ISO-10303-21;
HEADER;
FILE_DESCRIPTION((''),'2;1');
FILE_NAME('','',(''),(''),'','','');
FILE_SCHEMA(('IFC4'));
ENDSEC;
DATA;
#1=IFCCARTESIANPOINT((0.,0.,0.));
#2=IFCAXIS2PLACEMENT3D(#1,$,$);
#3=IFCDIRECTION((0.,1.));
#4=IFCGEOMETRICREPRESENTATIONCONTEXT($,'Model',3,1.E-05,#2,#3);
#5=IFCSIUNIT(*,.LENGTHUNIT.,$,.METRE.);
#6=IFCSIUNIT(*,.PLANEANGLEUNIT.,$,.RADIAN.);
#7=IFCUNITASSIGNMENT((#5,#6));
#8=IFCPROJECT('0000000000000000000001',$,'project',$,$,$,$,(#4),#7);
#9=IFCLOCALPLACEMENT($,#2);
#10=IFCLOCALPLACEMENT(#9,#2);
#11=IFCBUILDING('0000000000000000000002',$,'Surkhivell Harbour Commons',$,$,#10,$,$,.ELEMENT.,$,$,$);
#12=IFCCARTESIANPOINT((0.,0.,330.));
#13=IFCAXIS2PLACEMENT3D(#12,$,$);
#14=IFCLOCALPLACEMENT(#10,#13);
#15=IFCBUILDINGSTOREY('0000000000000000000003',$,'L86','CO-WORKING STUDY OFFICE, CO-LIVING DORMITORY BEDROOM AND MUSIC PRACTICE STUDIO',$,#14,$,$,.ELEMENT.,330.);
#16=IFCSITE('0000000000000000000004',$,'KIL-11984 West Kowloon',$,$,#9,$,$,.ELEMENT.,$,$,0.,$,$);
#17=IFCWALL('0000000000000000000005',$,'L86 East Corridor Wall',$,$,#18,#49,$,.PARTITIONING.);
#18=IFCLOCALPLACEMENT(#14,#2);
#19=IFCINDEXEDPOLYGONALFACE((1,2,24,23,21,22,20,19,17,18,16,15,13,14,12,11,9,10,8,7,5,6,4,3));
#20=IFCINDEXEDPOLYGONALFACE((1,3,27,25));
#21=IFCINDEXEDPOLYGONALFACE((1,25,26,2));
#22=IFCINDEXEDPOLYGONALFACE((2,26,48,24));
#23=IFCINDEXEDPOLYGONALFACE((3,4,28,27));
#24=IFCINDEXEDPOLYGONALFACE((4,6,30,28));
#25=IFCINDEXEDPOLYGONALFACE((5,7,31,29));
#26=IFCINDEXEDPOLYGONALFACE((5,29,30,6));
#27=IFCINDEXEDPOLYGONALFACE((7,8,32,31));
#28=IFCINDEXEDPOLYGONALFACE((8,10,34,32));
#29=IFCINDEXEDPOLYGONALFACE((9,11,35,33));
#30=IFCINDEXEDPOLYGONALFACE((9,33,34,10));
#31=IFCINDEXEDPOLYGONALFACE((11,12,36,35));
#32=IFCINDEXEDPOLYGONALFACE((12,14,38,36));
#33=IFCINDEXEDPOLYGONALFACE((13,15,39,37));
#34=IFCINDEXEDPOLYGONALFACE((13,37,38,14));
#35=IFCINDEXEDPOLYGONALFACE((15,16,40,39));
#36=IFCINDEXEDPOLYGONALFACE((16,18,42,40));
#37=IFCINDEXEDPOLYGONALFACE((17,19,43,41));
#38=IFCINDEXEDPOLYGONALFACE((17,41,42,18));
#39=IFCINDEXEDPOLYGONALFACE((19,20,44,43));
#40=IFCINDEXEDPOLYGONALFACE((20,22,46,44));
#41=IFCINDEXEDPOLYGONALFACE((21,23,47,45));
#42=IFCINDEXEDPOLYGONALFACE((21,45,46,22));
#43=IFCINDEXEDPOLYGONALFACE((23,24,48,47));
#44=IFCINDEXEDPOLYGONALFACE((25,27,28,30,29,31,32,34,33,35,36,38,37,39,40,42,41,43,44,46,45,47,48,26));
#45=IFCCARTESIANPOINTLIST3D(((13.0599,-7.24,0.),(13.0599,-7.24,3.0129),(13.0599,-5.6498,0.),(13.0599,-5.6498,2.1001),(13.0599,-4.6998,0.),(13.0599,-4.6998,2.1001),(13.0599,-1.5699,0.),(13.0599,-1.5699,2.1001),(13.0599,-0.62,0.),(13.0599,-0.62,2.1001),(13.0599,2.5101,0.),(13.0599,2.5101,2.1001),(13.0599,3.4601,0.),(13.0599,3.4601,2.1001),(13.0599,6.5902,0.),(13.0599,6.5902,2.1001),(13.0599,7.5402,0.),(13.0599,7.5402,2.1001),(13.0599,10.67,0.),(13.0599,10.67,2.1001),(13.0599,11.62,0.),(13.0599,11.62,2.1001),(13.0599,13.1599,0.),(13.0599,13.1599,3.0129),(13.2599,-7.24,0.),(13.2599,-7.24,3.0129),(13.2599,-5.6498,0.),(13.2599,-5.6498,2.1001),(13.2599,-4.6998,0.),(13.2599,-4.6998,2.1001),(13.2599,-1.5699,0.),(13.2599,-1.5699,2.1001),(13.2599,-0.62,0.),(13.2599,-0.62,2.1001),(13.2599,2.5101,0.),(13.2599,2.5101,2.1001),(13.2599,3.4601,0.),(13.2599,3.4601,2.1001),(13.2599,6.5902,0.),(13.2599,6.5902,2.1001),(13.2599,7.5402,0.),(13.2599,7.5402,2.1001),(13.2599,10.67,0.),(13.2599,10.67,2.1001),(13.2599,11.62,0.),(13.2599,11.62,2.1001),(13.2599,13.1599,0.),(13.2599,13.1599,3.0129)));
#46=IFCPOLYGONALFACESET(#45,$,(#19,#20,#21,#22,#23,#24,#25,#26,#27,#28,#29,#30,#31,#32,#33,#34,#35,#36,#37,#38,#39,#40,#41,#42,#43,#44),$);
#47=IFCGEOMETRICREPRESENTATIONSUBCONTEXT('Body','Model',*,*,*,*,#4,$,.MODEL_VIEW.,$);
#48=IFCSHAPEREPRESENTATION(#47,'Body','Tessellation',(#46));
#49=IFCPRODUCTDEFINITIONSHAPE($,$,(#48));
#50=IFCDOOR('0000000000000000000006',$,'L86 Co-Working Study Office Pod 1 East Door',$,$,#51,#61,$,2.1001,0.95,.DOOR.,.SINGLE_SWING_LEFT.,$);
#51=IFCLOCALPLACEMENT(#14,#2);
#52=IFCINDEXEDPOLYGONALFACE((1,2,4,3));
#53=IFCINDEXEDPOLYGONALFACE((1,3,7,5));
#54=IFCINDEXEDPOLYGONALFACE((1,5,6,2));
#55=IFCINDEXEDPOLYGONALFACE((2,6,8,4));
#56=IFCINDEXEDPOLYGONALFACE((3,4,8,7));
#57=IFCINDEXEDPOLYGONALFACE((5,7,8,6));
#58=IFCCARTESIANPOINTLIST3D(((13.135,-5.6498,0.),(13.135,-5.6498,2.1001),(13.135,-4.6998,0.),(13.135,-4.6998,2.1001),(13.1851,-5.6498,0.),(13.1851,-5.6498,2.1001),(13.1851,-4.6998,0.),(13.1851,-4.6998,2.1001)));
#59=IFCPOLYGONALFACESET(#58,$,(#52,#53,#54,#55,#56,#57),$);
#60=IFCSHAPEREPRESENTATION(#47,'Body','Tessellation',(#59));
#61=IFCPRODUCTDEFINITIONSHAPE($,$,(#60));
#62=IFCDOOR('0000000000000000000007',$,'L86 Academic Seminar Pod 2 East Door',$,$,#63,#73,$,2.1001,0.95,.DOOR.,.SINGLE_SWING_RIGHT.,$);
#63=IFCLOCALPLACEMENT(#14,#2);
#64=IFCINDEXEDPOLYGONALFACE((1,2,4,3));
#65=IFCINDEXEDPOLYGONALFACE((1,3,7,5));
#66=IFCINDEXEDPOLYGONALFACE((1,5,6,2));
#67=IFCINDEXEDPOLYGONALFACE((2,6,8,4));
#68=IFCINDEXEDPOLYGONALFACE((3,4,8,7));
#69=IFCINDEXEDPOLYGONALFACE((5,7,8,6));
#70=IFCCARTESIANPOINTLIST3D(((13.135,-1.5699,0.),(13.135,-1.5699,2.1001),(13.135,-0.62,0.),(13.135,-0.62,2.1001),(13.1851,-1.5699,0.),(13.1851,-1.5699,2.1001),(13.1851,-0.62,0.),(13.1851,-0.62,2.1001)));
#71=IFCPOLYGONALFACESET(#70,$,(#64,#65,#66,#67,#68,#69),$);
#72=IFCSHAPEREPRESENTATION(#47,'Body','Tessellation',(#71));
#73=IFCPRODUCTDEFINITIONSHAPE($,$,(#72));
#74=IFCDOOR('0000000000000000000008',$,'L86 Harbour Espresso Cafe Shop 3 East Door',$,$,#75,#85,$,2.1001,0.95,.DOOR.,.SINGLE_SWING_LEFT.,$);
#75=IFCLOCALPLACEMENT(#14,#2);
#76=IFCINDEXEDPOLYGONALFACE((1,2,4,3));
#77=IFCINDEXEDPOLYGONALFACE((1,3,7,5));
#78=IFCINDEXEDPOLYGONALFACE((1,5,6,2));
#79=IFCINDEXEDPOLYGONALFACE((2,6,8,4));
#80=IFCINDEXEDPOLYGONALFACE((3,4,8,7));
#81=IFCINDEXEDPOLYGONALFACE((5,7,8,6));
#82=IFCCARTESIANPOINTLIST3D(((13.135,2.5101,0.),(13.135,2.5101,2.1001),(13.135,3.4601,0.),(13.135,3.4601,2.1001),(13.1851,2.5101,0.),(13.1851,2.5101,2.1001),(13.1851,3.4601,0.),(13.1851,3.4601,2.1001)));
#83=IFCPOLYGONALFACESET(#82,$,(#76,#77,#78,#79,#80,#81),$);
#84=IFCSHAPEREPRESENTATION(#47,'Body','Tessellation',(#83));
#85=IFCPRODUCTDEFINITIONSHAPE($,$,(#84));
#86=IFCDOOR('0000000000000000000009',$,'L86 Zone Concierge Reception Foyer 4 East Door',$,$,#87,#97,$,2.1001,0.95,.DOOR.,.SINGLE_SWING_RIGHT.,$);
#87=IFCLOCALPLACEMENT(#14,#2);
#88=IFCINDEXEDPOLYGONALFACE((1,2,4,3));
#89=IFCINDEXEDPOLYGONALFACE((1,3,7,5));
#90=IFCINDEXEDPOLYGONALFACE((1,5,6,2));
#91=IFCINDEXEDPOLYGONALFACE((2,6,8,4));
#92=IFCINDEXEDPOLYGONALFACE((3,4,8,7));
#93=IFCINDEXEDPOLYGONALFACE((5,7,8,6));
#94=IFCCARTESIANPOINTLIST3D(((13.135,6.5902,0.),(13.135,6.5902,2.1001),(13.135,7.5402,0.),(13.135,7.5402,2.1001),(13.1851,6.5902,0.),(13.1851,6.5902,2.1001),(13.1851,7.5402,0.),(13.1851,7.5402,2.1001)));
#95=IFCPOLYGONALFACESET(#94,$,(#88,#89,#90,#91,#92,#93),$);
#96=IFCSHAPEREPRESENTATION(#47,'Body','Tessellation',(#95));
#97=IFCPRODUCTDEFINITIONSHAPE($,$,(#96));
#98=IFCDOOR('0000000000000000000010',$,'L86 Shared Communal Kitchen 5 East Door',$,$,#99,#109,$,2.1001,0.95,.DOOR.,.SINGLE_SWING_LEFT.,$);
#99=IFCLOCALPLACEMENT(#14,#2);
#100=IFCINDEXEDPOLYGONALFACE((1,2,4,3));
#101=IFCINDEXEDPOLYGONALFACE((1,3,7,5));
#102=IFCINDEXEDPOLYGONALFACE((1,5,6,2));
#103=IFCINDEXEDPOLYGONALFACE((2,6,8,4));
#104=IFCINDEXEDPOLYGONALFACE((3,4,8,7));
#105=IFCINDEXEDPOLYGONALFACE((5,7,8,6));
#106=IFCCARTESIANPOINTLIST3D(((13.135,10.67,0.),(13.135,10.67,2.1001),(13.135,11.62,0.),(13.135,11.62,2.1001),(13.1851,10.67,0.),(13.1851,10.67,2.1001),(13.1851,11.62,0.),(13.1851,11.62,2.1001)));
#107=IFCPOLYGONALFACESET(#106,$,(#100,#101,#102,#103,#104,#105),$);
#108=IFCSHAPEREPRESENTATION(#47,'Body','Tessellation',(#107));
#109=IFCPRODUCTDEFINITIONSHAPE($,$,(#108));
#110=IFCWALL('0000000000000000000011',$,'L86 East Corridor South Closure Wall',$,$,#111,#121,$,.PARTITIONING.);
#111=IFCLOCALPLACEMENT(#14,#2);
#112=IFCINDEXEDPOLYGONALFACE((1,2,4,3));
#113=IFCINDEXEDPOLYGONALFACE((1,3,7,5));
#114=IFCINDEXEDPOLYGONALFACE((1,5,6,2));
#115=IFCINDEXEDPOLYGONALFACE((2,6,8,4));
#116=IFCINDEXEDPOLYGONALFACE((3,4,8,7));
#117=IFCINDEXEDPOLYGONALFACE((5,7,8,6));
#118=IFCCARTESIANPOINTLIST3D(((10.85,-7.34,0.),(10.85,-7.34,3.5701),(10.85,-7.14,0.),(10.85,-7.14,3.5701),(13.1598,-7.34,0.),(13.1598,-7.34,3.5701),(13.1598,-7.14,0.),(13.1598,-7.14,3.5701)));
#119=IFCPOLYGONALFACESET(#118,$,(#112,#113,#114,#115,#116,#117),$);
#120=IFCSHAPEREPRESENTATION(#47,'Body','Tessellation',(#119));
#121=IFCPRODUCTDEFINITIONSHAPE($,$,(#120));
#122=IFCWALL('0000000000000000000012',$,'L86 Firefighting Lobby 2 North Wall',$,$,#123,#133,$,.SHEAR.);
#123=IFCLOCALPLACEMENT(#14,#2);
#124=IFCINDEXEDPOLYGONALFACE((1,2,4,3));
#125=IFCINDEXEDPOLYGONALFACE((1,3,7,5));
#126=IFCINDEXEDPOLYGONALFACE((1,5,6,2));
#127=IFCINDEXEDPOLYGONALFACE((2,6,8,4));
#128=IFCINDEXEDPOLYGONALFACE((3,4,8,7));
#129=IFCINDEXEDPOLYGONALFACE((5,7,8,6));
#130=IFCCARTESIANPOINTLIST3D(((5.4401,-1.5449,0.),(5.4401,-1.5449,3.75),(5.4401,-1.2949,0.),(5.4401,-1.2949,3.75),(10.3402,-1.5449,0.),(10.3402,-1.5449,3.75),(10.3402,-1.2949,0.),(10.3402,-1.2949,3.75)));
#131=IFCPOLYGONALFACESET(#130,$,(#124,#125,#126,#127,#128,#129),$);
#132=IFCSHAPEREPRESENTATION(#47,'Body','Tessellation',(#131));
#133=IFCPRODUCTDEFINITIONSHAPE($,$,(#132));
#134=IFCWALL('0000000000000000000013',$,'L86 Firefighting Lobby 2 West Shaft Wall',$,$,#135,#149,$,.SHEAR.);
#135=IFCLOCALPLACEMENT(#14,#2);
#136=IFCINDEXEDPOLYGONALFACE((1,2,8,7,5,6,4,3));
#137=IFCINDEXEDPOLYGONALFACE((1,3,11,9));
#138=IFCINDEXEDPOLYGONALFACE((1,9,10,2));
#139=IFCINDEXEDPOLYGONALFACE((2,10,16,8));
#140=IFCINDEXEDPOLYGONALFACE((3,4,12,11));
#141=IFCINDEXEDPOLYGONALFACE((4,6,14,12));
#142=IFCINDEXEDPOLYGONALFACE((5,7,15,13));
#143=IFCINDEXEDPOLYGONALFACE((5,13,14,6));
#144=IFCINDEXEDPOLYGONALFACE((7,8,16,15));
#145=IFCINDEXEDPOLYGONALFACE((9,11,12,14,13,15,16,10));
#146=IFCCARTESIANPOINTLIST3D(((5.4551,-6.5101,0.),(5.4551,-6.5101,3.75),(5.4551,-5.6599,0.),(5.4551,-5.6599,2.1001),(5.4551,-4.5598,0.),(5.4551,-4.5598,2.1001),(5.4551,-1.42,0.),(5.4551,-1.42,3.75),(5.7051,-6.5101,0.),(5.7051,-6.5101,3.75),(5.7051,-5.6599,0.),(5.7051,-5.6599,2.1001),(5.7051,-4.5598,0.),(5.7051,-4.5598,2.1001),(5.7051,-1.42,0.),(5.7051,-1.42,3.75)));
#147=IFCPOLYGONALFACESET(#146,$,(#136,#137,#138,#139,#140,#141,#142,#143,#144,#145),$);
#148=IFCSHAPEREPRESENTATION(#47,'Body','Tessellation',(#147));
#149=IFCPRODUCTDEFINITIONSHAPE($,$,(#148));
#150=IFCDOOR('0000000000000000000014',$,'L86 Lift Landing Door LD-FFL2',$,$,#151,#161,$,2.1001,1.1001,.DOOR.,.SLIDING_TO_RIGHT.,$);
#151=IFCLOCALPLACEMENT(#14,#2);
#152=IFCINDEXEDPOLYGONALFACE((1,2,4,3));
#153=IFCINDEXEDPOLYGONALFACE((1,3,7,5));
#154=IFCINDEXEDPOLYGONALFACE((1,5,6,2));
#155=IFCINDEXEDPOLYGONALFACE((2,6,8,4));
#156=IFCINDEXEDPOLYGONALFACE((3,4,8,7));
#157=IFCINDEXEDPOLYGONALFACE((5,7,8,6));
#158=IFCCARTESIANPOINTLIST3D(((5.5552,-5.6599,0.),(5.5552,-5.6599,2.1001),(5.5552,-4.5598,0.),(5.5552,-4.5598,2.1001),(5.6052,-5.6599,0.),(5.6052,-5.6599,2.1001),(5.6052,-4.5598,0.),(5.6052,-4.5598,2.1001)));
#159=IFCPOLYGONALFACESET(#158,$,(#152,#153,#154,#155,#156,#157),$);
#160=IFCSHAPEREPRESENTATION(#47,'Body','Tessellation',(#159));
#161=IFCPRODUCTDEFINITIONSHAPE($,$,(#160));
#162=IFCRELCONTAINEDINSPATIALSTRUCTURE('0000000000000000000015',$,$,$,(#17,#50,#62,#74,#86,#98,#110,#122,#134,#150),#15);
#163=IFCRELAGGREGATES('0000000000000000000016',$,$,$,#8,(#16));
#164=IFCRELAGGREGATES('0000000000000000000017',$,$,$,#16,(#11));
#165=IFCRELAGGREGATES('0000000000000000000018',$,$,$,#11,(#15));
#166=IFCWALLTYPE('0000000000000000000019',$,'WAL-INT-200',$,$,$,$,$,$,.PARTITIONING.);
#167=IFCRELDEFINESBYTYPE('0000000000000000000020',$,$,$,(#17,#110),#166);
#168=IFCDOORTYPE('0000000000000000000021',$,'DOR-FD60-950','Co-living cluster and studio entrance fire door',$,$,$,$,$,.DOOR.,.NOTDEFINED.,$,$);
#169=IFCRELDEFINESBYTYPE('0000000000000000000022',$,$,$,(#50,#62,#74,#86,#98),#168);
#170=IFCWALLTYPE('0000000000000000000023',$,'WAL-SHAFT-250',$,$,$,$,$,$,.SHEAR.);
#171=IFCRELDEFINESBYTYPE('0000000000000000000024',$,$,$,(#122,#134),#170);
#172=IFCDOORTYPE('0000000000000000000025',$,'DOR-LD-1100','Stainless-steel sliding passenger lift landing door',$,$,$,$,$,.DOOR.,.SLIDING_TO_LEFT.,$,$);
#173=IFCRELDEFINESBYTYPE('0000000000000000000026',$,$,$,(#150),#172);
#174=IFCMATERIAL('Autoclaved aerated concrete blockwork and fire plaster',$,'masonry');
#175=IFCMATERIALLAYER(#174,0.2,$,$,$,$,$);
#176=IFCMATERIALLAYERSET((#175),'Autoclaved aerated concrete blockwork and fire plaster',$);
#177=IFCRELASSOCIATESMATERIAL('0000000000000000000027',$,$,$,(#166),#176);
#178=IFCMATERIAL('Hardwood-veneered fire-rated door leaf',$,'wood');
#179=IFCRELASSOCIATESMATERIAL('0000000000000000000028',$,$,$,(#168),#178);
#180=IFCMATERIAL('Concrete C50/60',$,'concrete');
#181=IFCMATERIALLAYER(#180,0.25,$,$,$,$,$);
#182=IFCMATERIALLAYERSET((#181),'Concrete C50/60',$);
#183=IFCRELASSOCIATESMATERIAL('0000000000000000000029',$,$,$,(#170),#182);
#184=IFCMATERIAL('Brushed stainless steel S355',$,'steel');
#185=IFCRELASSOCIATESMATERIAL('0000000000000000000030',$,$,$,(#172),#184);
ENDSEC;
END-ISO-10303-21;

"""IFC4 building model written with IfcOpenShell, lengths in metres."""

from ifc_helpers import new_model, si_unit, direction, frame, frame_2d, origin, place, context, subcontext, project, spatial, rectangle, extrude, material, layer, layer_set, type_object, element, fill, save


model = new_model("IFC4")

# Units and contexts
model_context = context("Model", 3, precision=1e-05, world=origin(), true_north=direction((0.0, 1.0)))
body_context = subcontext(model_context, "Body", "Model", "MODEL_VIEW")
ifc_project = project(units=[si_unit("LENGTHUNIT", "METRE"), si_unit("PLANEANGLEUNIT", "RADIAN")], contexts=[model_context])

# Site, building, storey
site_placement = place(None, origin())
site = spatial("IfcSite", under=ifc_project, at=site_placement, Name="KIL-11984 West Kowloon", CompositionType="ELEMENT", RefElevation=0.0)
building_placement = place(site_placement, origin())
building = spatial("IfcBuilding", under=site, at=building_placement, Name="Surkhivell Harbour Commons", CompositionType="ELEMENT")
storey_placement = place(building_placement, frame((0.0, 0.0, 330.0)))
storey = spatial("IfcBuildingStorey", under=building, at=storey_placement, Name="L86", Description="CO-WORKING STUDY OFFICE, CO-LIVING DORMITORY BEDROOM AND MUSIC PRACTICE STUDIO", CompositionType="ELEMENT", Elevation=330.0)

# Shared definitions
ifc_material_1 = material(Name="Concrete C50/60", Category="concrete")

# Shared definitions
ifc_material_2 = material(Name="Hardwood-veneered fire-rated door leaf", Category="wood")

# Wall, openings, doors
ifc_material_3 = material(Name="Autoclaved aerated concrete blockwork and fire plaster", Category="masonry")
ifc_layer_1 = layer(ifc_material_3, 0.2)
ifc_layer_set_1 = layer_set([ifc_layer_1], Name="Autoclaved aerated concrete blockwork and fire plaster")
wall_type_1 = type_object("IfcWallType", Name="WAL-INT-200", PredefinedType="PARTITIONING", material=ifc_layer_set_1)
wall_1_placement = place(storey_placement, frame((13.1599, -7.24, 0.0), z_axis=(0.0, 0.0, 1.0), x_axis=(0.0, 1.0, 0.0)))
wall_1 = element("IfcWall", 1, at=wall_1_placement, inside=storey, type_object=wall_type_1, Name="L86 East Corridor Wall", PredefinedType="PARTITIONING", context=body_context, shape_type="SweptSolid", body=[
    extrude(rectangle(XDim=20.3999, YDim=0.2, at=frame_2d((10.2, 0.0))), origin(), (0.0, 0.0, 1.0), 3.0129),
])
opening_1_placement = place(wall_1_placement, frame((1.5901, 0.0, 0.0)))
opening_1 = element("IfcOpeningElement", 2, at=opening_1_placement, cuts=wall_1, PredefinedType="OPENING", context=body_context, shape_type="SweptSolid", body=[
    extrude(rectangle(XDim=0.95, YDim=2.1001, at=frame_2d((0.4751, 1.05))), frame((0.0, 0.1099, 0.0), z_axis=(0.0, -1.0, 0.0), x_axis=(1.0, 0.0, 0.0)), (0.0, 0.0, 1.0), 0.22),
])
opening_2_placement = place(wall_1_placement, frame((5.6699, 0.0, 0.0)))
opening_2 = element("IfcOpeningElement", 3, at=opening_2_placement, cuts=wall_1, PredefinedType="OPENING", context=body_context, shape_type="SweptSolid", body=[
    extrude(rectangle(XDim=0.95, YDim=2.1001, at=frame_2d((0.4751, 1.05))), frame((0.0, 0.1099, 0.0), z_axis=(0.0, -1.0, 0.0), x_axis=(1.0, 0.0, 0.0)), (0.0, 0.0, 1.0), 0.22),
])
opening_3_placement = place(wall_1_placement, frame((9.75, 0.0, 0.0)))
opening_3 = element("IfcOpeningElement", 4, at=opening_3_placement, cuts=wall_1, PredefinedType="OPENING", context=body_context, shape_type="SweptSolid", body=[
    extrude(rectangle(XDim=0.95, YDim=2.1001, at=frame_2d((0.4751, 1.05))), frame((0.0, 0.1099, 0.0), z_axis=(0.0, -1.0, 0.0), x_axis=(1.0, 0.0, 0.0)), (0.0, 0.0, 1.0), 0.22),
])
opening_4_placement = place(wall_1_placement, frame((13.8301, 0.0, 0.0)))
opening_4 = element("IfcOpeningElement", 5, at=opening_4_placement, cuts=wall_1, PredefinedType="OPENING", context=body_context, shape_type="SweptSolid", body=[
    extrude(rectangle(XDim=0.95, YDim=2.1001, at=frame_2d((0.4751, 1.05))), frame((0.0, 0.1099, 0.0), z_axis=(0.0, -1.0, 0.0), x_axis=(1.0, 0.0, 0.0)), (0.0, 0.0, 1.0), 0.22),
])
opening_5_placement = place(wall_1_placement, frame((17.9099, 0.0, 0.0)))
opening_5 = element("IfcOpeningElement", 6, at=opening_5_placement, cuts=wall_1, PredefinedType="OPENING", context=body_context, shape_type="SweptSolid", body=[
    extrude(rectangle(XDim=0.95, YDim=2.1001, at=frame_2d((0.4751, 1.05))), frame((0.0, 0.1099, 0.0), z_axis=(0.0, -1.0, 0.0), x_axis=(1.0, 0.0, 0.0)), (0.0, 0.0, 1.0), 0.22),
])
door_type_1 = type_object("IfcDoorType", Name="DOR-FD60-950", Description="Co-living cluster and studio entrance fire door", OperationType="NOTDEFINED", PredefinedType="DOOR", material=ifc_material_2)
door_1_placement = place(opening_1_placement, origin())
door_1 = element("IfcDoor", 7, at=door_1_placement, inside=storey, type_object=door_type_1, Name="L86 Co-Working Study Office Pod 1 East Door", OperationType="SINGLE_SWING_LEFT", OverallHeight=2.1001, OverallWidth=0.95, PredefinedType="DOOR", context=body_context, shape_type="SweptSolid", body=[
    extrude(rectangle(XDim=0.95, YDim=2.1001, at=frame_2d((0.4751, 1.05))), frame((0.0, 0.0249, 0.0), z_axis=(0.0, -1.0, 0.0), x_axis=(1.0, 0.0, 0.0)), (0.0, 0.0, 1.0), 0.05),
])
fill(opening_1, door_1)
door_2_placement = place(opening_2_placement, origin())
door_2 = element("IfcDoor", 8, at=door_2_placement, inside=storey, type_object=door_type_1, Name="L86 Academic Seminar Pod 2 East Door", OperationType="SINGLE_SWING_RIGHT", OverallHeight=2.1001, OverallWidth=0.95, PredefinedType="DOOR", context=body_context, shape_type="SweptSolid", body=[
    extrude(rectangle(XDim=0.95, YDim=2.1001, at=frame_2d((0.4751, 1.05))), frame((0.0, 0.0249, 0.0), z_axis=(0.0, -1.0, 0.0), x_axis=(1.0, 0.0, 0.0)), (0.0, 0.0, 1.0), 0.05),
])
fill(opening_2, door_2)
door_3_placement = place(opening_3_placement, origin())
door_3 = element("IfcDoor", 9, at=door_3_placement, inside=storey, type_object=door_type_1, Name="L86 Harbour Espresso Cafe Shop 3 East Door", OperationType="SINGLE_SWING_LEFT", OverallHeight=2.1001, OverallWidth=0.95, PredefinedType="DOOR", context=body_context, shape_type="SweptSolid", body=[
    extrude(rectangle(XDim=0.95, YDim=2.1001, at=frame_2d((0.4751, 1.05))), frame((0.0, 0.0249, 0.0), z_axis=(0.0, -1.0, 0.0), x_axis=(1.0, 0.0, 0.0)), (0.0, 0.0, 1.0), 0.05),
])
fill(opening_3, door_3)
door_4_placement = place(opening_4_placement, origin())
door_4 = element("IfcDoor", 10, at=door_4_placement, inside=storey, type_object=door_type_1, Name="L86 Zone Concierge Reception Foyer 4 East Door", OperationType="SINGLE_SWING_RIGHT", OverallHeight=2.1001, OverallWidth=0.95, PredefinedType="DOOR", context=body_context, shape_type="SweptSolid", body=[
    extrude(rectangle(XDim=0.95, YDim=2.1001, at=frame_2d((0.4751, 1.05))), frame((0.0, 0.0249, 0.0), z_axis=(0.0, -1.0, 0.0), x_axis=(1.0, 0.0, 0.0)), (0.0, 0.0, 1.0), 0.05),
])
fill(opening_4, door_4)
door_5_placement = place(opening_5_placement, origin())
door_5 = element("IfcDoor", 11, at=door_5_placement, inside=storey, type_object=door_type_1, Name="L86 Shared Communal Kitchen 5 East Door", OperationType="SINGLE_SWING_LEFT", OverallHeight=2.1001, OverallWidth=0.95, PredefinedType="DOOR", context=body_context, shape_type="SweptSolid", body=[
    extrude(rectangle(XDim=0.95, YDim=2.1001, at=frame_2d((0.4751, 1.05))), frame((0.0, 0.0249, 0.0), z_axis=(0.0, -1.0, 0.0), x_axis=(1.0, 0.0, 0.0)), (0.0, 0.0, 1.0), 0.05),
])
fill(opening_5, door_5)

# Walls
wall_2_placement = place(storey_placement, frame((10.8501, -7.24, 0.0), z_axis=(0.0, 0.0, 1.0), x_axis=(1.0, 0.0, 0.0)))
element("IfcWall", 12, at=wall_2_placement, inside=storey, type_object=wall_type_1, Name="L86 East Corridor South Closure Wall", PredefinedType="PARTITIONING", context=body_context, shape_type="SweptSolid", body=[
    extrude(rectangle(XDim=2.3098, YDim=0.2, at=frame_2d((1.1548, 0.0))), origin(), (0.0, 0.0, 1.0), 3.5701),
])
ifc_layer_2 = layer(ifc_material_1, 0.25)
ifc_layer_set_2 = layer_set([ifc_layer_2], Name="Concrete C50/60")
wall_type_2 = type_object("IfcWallType", Name="WAL-SHAFT-250", PredefinedType="SHEAR", material=ifc_layer_set_2)
wall_3_placement = place(storey_placement, frame((5.4399, -1.4199, 0.0), z_axis=(0.0, 0.0, 1.0), x_axis=(1.0, 0.0, 0.0)))
element("IfcWall", 13, at=wall_3_placement, inside=storey, type_object=wall_type_2, Name="L86 Firefighting Lobby 2 North Wall", PredefinedType="SHEAR", context=body_context, shape_type="SweptSolid", body=[
    extrude(rectangle(XDim=4.9001, YDim=0.25, at=frame_2d((2.4502, 0.0))), origin(), (0.0, 0.0, 1.0), 3.75),
])

# Wall, opening, door
wall_4_placement = place(storey_placement, frame((5.5801, -6.51, 0.0), z_axis=(0.0, 0.0, 1.0), x_axis=(0.0, 1.0, 0.0)))
wall_4 = element("IfcWall", 14, at=wall_4_placement, inside=storey, type_object=wall_type_2, Name="L86 Firefighting Lobby 2 West Shaft Wall", PredefinedType="SHEAR", context=body_context, shape_type="SweptSolid", body=[
    extrude(rectangle(XDim=5.0901, YDim=0.25, at=frame_2d((2.5449, 0.0))), origin(), (0.0, 0.0, 1.0), 3.75),
])
opening_6_placement = place(wall_4_placement, frame((0.8501, 0.0, 0.0)))
opening_6 = element("IfcOpeningElement", 15, at=opening_6_placement, cuts=wall_4, PredefinedType="OPENING", context=body_context, shape_type="SweptSolid", body=[
    extrude(rectangle(XDim=1.1001, YDim=2.1001, at=frame_2d((0.55, 1.05))), frame((0.0, 0.135, 0.0), z_axis=(0.0, -1.0, 0.0), x_axis=(1.0, 0.0, 0.0)), (0.0, 0.0, 1.0), 0.27),
])
ifc_material_4 = material(Name="Brushed stainless steel S355", Category="steel")
door_type_2 = type_object("IfcDoorType", Name="DOR-LD-1100", Description="Stainless-steel sliding passenger lift landing door", OperationType="SLIDING_TO_LEFT", PredefinedType="DOOR", material=ifc_material_4)
door_6_placement = place(opening_6_placement, origin())
door_6 = element("IfcDoor", 16, at=door_6_placement, inside=storey, type_object=door_type_2, Name="L86 Lift Landing Door LD-FFL2", OperationType="SLIDING_TO_RIGHT", OverallHeight=2.1001, OverallWidth=1.1001, PredefinedType="DOOR", context=body_context, shape_type="SweptSolid", body=[
    extrude(rectangle(XDim=1.1001, YDim=2.1001, at=frame_2d((0.55, 1.05))), frame((0.0, 0.0249, 0.0), z_axis=(0.0, -1.0, 0.0), x_axis=(1.0, 0.0, 0.0)), (0.0, 0.0, 1.0), 0.05),
])
fill(opening_6, door_6)

save(model, "model.ifc")
